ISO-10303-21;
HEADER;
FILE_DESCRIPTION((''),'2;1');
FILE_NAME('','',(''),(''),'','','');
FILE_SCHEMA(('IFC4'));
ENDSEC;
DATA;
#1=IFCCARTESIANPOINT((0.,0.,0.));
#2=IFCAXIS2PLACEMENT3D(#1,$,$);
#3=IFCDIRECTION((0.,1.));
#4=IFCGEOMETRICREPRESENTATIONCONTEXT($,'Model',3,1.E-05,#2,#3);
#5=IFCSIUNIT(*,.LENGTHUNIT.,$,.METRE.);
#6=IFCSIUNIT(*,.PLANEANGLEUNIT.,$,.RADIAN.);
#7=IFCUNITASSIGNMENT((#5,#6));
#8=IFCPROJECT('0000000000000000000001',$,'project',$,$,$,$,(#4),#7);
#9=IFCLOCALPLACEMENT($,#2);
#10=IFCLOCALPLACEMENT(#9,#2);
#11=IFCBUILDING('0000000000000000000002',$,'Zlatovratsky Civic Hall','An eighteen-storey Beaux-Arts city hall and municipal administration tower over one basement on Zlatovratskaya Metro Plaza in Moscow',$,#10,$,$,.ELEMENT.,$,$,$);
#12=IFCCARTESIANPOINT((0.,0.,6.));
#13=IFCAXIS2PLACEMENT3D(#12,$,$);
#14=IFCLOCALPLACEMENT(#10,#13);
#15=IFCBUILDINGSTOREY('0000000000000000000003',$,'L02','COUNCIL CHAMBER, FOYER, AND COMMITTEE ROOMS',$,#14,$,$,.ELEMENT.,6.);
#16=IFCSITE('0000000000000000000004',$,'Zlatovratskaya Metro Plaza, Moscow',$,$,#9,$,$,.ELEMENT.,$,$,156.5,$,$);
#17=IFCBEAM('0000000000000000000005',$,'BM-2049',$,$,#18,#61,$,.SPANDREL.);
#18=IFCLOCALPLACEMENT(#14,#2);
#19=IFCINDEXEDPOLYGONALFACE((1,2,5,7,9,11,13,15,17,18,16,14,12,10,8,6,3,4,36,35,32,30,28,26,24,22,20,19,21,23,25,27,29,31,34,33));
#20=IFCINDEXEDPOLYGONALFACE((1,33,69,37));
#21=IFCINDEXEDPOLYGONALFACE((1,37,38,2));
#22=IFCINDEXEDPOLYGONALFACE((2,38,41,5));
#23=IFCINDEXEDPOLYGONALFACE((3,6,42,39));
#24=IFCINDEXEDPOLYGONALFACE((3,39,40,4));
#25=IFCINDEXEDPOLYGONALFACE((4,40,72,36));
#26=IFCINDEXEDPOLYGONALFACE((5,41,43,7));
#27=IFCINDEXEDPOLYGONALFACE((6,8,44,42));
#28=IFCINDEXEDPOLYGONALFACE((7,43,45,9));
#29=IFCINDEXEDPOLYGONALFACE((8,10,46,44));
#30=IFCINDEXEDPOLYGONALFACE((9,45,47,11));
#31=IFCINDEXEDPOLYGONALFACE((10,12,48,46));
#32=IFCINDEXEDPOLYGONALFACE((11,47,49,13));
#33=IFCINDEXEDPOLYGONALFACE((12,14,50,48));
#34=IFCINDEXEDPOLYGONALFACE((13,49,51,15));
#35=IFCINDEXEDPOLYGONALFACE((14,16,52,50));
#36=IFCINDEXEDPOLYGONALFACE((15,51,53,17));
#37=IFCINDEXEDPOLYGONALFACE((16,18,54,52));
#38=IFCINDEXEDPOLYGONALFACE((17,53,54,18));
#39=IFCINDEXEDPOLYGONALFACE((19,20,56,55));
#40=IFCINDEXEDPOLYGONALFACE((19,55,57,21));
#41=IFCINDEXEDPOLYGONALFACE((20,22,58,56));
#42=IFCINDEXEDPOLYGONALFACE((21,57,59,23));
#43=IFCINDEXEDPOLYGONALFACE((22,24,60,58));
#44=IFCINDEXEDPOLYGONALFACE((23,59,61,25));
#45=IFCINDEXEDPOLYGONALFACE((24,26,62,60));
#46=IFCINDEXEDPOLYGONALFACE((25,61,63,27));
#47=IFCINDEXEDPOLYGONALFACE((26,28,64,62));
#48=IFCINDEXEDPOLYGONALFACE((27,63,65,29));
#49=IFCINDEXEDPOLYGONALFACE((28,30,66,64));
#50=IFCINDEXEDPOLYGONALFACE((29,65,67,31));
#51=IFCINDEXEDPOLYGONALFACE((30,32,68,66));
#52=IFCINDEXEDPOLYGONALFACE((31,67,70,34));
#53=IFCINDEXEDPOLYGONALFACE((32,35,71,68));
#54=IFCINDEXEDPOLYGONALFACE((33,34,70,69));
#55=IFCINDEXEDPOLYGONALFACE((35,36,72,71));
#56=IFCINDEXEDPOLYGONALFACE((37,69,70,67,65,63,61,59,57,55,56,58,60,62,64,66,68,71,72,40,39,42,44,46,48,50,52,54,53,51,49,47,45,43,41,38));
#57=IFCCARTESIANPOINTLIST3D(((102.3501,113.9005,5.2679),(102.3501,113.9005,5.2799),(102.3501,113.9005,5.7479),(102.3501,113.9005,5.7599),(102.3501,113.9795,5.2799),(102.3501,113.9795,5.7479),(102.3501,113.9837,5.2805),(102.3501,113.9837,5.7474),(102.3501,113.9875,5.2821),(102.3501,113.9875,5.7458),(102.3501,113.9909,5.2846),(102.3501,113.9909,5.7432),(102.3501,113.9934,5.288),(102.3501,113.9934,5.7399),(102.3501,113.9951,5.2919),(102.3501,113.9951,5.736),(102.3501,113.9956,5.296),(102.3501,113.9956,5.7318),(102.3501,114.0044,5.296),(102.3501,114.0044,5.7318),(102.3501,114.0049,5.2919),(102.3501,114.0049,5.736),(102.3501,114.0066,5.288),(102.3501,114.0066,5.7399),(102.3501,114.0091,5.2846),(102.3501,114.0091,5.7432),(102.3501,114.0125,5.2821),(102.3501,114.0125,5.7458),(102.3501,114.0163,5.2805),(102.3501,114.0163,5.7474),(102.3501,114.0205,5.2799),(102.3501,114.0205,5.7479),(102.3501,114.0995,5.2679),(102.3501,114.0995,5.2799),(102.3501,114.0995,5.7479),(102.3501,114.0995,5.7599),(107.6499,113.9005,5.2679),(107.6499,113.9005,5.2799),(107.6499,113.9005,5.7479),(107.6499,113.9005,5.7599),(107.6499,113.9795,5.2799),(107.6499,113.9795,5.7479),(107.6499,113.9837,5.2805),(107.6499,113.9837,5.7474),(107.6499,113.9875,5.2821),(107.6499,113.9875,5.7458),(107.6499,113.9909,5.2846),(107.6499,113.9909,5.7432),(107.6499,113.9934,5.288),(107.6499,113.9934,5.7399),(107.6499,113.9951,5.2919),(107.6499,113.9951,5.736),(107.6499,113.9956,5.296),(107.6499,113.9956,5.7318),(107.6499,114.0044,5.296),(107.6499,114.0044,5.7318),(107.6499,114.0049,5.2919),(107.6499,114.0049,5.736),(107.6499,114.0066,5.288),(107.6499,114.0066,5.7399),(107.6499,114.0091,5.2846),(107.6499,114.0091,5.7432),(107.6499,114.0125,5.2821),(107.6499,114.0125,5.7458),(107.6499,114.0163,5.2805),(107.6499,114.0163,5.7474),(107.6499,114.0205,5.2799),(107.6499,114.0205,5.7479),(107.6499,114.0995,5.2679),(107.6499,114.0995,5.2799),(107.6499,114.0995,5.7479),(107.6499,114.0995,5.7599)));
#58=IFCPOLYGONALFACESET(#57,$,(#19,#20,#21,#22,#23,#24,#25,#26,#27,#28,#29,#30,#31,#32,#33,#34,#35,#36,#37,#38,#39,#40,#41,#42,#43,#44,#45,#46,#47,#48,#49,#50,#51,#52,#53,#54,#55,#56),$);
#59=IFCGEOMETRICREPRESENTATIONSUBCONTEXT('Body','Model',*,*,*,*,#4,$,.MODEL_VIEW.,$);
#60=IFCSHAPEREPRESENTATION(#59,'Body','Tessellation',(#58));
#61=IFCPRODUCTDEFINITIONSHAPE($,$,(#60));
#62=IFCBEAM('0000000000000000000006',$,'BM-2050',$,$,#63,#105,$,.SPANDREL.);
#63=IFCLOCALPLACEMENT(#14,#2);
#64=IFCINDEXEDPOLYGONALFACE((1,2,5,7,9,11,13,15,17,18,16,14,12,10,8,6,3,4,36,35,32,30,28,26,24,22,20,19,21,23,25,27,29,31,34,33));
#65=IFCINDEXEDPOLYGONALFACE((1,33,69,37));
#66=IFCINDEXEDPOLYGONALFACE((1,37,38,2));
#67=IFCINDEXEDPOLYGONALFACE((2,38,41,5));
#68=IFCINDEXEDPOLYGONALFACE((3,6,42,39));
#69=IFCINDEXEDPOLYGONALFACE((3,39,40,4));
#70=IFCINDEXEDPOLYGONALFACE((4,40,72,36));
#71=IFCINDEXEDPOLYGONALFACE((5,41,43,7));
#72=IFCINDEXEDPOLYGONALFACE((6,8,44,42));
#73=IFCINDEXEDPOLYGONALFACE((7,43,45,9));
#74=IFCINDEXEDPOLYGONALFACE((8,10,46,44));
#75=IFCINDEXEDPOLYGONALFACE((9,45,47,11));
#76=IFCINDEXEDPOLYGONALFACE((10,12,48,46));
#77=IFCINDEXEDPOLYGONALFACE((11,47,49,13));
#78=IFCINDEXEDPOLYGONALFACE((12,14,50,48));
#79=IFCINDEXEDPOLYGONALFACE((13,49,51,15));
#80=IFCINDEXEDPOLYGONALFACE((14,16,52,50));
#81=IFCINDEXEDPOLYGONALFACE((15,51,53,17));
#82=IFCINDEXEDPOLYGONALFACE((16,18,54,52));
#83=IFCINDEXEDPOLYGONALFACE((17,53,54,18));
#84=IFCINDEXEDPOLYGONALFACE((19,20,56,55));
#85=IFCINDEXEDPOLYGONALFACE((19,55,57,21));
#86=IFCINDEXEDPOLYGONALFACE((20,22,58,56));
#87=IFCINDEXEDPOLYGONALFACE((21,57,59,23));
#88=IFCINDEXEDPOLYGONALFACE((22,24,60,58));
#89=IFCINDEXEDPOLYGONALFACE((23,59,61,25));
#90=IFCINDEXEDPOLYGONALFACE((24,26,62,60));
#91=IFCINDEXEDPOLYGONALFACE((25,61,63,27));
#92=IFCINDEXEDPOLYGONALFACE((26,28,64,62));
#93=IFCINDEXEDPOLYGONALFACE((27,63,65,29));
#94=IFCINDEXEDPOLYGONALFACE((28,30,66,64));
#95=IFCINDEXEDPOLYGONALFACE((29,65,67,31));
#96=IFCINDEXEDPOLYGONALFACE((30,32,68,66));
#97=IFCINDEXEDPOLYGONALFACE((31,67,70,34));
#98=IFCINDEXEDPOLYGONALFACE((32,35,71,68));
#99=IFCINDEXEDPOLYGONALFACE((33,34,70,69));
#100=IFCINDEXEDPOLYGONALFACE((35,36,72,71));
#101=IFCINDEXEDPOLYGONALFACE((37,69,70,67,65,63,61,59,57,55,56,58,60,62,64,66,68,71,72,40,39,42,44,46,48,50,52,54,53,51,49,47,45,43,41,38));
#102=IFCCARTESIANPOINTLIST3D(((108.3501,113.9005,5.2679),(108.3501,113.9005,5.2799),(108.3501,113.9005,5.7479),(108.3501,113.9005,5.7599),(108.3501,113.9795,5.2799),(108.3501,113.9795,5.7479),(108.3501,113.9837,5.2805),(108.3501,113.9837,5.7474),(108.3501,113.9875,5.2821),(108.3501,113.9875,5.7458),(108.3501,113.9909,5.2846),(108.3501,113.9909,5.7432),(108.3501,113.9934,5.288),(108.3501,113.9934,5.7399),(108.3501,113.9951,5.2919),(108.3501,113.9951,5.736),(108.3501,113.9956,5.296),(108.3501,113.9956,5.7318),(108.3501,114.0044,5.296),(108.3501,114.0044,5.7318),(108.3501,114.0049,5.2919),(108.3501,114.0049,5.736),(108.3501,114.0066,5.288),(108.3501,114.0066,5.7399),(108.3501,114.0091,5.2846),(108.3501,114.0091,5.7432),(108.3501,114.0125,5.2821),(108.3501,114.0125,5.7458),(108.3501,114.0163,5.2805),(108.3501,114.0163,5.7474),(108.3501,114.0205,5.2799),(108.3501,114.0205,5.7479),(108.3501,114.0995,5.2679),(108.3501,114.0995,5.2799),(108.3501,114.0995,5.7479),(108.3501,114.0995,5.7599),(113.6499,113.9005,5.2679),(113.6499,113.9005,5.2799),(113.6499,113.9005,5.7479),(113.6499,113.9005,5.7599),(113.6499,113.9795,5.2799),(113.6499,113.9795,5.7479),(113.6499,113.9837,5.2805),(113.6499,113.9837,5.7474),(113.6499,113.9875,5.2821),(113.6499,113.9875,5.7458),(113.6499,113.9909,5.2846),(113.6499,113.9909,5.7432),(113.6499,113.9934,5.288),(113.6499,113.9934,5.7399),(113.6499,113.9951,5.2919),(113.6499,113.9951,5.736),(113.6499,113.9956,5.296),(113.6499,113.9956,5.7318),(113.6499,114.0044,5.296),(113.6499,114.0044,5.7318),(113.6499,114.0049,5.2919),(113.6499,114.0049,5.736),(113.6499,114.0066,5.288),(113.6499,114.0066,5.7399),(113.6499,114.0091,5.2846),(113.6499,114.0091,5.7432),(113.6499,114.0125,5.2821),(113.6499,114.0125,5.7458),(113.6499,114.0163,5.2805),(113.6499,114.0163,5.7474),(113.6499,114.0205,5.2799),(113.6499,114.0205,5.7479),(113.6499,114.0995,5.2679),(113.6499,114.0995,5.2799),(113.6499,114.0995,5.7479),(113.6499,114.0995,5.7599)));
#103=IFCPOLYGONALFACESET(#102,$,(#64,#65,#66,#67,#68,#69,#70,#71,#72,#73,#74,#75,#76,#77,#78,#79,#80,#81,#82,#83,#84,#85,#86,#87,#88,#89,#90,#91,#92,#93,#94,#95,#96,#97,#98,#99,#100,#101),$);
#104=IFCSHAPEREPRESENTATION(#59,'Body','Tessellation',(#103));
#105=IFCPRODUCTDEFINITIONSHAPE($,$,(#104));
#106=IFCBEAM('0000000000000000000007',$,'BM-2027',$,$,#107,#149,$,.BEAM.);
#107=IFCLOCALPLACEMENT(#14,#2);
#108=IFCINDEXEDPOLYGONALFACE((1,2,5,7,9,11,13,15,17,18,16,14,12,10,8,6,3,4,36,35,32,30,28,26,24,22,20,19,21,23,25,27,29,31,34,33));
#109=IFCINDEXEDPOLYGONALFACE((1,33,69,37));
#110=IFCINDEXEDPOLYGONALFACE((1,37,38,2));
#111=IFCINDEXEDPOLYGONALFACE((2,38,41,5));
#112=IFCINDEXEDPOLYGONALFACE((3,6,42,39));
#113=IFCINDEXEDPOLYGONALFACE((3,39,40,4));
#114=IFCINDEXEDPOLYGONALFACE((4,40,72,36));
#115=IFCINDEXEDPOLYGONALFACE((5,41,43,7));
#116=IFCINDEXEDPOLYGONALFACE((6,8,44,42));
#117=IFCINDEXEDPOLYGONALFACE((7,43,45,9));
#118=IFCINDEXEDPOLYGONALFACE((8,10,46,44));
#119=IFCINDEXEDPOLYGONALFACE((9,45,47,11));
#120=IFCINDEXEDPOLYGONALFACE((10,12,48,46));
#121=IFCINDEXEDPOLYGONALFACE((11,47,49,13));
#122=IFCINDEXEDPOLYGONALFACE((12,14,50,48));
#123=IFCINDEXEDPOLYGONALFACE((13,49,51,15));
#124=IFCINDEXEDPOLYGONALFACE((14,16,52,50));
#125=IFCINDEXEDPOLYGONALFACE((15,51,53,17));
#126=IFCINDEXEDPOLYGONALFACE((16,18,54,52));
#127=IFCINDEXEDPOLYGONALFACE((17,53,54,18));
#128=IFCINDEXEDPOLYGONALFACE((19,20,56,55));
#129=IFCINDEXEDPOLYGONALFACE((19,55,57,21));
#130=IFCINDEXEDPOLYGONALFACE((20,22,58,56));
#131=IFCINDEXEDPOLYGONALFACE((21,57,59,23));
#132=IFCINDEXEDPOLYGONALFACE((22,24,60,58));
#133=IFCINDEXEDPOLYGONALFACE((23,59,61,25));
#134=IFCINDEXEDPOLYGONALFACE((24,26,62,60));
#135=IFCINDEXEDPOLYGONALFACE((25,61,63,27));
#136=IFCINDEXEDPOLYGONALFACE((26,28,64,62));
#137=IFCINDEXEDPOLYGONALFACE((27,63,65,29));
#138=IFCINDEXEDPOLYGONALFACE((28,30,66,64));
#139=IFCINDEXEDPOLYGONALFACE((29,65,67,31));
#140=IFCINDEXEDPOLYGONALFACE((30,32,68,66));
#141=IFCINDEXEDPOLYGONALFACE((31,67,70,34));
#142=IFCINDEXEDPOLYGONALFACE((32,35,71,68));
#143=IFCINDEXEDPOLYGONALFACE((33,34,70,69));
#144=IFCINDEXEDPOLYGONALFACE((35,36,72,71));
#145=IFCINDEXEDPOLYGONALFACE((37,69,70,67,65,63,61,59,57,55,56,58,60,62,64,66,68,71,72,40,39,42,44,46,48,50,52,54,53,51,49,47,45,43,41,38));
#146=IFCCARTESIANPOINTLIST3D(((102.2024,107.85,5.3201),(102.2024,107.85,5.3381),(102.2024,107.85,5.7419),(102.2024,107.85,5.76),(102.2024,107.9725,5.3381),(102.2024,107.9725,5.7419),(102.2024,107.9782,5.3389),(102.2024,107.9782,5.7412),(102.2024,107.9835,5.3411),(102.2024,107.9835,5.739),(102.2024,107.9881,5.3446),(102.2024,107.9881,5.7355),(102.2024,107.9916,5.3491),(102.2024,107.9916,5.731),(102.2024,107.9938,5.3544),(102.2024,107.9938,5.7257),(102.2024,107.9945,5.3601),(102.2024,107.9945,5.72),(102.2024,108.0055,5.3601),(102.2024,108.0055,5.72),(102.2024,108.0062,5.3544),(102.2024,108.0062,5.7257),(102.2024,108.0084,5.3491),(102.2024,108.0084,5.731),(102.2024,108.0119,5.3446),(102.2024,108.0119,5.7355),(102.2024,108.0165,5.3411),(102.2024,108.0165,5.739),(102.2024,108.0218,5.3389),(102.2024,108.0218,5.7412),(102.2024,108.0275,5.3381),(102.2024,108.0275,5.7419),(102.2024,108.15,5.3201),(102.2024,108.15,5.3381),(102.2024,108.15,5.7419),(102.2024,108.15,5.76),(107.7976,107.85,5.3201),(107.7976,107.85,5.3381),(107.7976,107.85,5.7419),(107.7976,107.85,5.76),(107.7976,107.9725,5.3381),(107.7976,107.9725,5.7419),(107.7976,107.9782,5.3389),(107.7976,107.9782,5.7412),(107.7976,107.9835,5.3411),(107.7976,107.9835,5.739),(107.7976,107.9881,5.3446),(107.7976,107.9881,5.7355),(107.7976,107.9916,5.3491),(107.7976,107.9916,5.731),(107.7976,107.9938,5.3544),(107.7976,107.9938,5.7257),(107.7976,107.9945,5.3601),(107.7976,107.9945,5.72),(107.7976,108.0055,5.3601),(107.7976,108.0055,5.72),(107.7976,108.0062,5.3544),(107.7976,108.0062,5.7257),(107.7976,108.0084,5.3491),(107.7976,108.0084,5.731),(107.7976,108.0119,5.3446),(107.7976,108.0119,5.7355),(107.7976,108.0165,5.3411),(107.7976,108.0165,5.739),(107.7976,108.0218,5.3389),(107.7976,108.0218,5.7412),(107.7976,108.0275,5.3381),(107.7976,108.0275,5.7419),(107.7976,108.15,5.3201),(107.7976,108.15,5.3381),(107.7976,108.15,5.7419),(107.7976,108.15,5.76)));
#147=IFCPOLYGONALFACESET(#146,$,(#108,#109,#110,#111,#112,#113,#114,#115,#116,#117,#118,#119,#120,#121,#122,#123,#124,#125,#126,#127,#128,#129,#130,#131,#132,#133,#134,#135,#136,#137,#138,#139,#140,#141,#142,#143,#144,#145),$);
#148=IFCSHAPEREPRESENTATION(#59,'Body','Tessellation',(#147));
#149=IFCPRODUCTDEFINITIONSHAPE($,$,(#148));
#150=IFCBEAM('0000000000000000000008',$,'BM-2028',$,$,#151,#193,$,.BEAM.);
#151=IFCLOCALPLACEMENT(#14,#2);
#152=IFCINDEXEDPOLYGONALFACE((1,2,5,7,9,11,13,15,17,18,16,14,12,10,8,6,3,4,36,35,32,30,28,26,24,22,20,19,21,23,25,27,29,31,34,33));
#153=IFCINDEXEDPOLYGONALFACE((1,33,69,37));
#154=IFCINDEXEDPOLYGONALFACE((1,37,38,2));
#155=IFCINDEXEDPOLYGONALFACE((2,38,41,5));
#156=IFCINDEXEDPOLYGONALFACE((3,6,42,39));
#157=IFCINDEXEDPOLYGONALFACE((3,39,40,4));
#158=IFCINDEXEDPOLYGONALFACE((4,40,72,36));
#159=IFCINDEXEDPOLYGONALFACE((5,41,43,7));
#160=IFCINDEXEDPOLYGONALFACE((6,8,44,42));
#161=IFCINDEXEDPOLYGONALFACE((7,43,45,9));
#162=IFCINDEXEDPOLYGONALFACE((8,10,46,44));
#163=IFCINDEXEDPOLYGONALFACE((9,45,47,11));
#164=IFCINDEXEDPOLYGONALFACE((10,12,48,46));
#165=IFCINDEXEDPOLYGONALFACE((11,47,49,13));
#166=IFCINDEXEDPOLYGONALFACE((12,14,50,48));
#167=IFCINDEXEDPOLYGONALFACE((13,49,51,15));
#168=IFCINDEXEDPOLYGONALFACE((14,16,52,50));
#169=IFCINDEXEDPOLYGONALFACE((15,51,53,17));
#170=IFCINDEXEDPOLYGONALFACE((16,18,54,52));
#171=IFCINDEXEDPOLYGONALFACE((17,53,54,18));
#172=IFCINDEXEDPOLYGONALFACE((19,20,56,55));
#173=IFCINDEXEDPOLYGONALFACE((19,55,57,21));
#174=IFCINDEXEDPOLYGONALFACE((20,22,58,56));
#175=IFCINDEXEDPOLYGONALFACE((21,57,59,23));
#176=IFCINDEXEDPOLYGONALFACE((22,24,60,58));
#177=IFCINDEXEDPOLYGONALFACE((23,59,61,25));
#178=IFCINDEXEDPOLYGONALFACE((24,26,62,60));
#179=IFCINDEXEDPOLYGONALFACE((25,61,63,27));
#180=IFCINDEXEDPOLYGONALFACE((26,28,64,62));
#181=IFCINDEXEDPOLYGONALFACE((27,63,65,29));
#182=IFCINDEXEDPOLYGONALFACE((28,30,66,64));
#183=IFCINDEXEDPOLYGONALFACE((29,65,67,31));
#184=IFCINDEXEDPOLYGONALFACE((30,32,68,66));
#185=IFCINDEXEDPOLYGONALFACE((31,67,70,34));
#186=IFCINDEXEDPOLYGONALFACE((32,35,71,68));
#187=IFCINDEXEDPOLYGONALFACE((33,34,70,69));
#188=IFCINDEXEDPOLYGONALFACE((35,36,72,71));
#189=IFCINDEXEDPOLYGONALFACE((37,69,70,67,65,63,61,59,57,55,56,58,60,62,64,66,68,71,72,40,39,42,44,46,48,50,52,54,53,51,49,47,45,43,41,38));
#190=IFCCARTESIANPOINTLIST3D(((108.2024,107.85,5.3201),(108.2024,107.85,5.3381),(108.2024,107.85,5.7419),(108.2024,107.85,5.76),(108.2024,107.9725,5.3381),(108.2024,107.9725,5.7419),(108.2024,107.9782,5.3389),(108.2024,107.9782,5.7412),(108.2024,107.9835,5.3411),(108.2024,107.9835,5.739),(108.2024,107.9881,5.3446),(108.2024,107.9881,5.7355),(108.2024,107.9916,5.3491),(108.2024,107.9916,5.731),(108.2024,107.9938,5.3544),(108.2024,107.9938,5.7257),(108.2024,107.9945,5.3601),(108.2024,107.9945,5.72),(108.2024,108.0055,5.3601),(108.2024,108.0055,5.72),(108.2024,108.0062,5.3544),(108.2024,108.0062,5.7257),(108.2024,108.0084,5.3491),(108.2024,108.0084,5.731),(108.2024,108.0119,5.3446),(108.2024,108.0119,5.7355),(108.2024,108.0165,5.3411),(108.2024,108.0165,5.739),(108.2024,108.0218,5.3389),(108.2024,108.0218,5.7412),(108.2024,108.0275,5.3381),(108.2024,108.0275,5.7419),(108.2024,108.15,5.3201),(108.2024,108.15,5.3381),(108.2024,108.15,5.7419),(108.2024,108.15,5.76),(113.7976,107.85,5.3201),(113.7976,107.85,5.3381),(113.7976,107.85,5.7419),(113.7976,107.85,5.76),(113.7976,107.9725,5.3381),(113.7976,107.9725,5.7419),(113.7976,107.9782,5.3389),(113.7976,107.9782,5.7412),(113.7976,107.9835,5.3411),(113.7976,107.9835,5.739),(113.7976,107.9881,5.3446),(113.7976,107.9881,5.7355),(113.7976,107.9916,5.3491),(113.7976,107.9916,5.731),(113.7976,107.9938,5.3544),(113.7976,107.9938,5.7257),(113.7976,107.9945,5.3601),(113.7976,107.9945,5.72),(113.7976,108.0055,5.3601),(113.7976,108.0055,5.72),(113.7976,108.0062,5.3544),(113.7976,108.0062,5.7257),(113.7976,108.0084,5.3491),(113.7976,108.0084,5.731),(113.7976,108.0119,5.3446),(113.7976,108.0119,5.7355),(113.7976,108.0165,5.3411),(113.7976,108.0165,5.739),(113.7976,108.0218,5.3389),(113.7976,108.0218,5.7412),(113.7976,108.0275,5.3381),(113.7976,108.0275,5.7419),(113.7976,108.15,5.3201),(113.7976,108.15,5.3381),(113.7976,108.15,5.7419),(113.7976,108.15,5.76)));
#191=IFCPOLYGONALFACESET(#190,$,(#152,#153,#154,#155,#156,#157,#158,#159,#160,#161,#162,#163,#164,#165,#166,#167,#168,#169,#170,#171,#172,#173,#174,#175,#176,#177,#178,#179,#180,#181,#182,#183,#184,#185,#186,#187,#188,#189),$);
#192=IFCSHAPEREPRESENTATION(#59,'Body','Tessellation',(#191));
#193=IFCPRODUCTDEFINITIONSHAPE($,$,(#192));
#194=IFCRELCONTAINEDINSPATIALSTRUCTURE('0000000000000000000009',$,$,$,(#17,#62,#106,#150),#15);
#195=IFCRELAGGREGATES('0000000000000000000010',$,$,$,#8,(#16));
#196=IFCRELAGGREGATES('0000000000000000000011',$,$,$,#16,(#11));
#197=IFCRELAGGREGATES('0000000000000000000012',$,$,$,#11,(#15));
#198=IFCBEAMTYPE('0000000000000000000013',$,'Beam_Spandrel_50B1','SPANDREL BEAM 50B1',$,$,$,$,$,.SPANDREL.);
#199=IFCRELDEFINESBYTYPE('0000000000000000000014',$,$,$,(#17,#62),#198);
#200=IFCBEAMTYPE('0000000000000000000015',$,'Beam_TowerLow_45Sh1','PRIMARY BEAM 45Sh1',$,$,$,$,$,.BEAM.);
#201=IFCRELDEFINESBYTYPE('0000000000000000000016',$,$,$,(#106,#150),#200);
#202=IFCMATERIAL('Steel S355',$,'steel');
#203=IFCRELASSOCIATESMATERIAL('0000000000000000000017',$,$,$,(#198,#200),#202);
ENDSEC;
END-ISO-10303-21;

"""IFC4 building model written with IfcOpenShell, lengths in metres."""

from ifc_helpers import new_model, si_unit, direction, frame, origin, origin_2d, place, context, subcontext, project, spatial, i_section, extrude, material, material_profile, profile_set, type_object, element, save


model = new_model("IFC4")

# Units and contexts
model_context = context("Model", 3, precision=1e-05, world=origin(), true_north=direction((0.0, 1.0)))
body_context = subcontext(model_context, "Body", "Model", "MODEL_VIEW")
ifc_project = project(units=[si_unit("LENGTHUNIT", "METRE"), si_unit("PLANEANGLEUNIT", "RADIAN")], contexts=[model_context])

# Site, building, storey
site_placement = place(None, origin())
site = spatial("IfcSite", under=ifc_project, at=site_placement, Name="Zlatovratskaya Metro Plaza, Moscow", CompositionType="ELEMENT", RefElevation=156.5)
building_placement = place(site_placement, origin())
building = spatial("IfcBuilding", under=site, at=building_placement, Name="Zlatovratsky Civic Hall", Description="An eighteen-storey Beaux-Arts city hall and municipal administration tower over one basement on Zlatovratskaya Metro Plaza in Moscow", CompositionType="ELEMENT")
storey_placement = place(building_placement, frame((0.0, 0.0, 6.0)))
storey = spatial("IfcBuildingStorey", under=building, at=storey_placement, Name="L02", Description="COUNCIL CHAMBER, FOYER, AND COMMITTEE ROOMS", CompositionType="ELEMENT", Elevation=6.0)

# Shared definitions
ifc_material_1 = material(Name="Steel S355", Category="steel")

# Beams
ifc_material_profile_1 = material_profile(ifc_material_1, i_section(OverallWidth=0.199, OverallDepth=0.4919, WebThickness=0.0088, FlangeThickness=0.012, FilletRadius=0.0161, at=origin_2d()), Name="50B1")
ifc_profile_set_1 = profile_set([ifc_material_profile_1], Name="Steel S355")
beam_type_1 = type_object("IfcBeamType", Name="Beam_Spandrel_50B1", Description="SPANDREL BEAM 50B1", PredefinedType="SPANDREL", material=ifc_profile_set_1)
for number, where, z_axis, x_axis, name in (
    (1, (102.3501, 114.0, 5.5139), (1.0, 0.0, 0.0), (0.0, 1.0, 0.0), "BM-2049"),
    (2, (108.3501, 114.0, 5.5139), (1.0, 0.0, 0.0), (0.0, 1.0, 0.0), "BM-2050"),
):
    element("IfcBeam", number, at=place(storey_placement, frame(where, z_axis=z_axis, x_axis=x_axis)), inside=storey, type_object=beam_type_1, Name=name, PredefinedType="SPANDREL", context=body_context, shape_type="SweptSolid", body=[
        extrude(i_section(OverallWidth=0.199, OverallDepth=0.4919, WebThickness=0.0088, FlangeThickness=0.012, FilletRadius=0.0161, at=origin_2d()), origin(), (0.0, 0.0, 1.0), 5.2998),
    ])
ifc_material_profile_2 = material_profile(ifc_material_1, i_section(OverallWidth=0.3, OverallDepth=0.4399, WebThickness=0.011, FlangeThickness=0.0181, FilletRadius=0.022, at=origin_2d()), Name="45Sh1")
ifc_profile_set_2 = profile_set([ifc_material_profile_2], Name="Steel S355")
beam_type_2 = type_object("IfcBeamType", Name="Beam_TowerLow_45Sh1", Description="PRIMARY BEAM 45Sh1", PredefinedType="BEAM", material=ifc_profile_set_2)
for number, where, z_axis, x_axis, name in (
    (3, (102.2024, 108.0, 5.54), (1.0, 0.0, 0.0), (0.0, 1.0, 0.0), "BM-2027"),
    (4, (108.2024, 108.0, 5.54), (1.0, 0.0, 0.0), (0.0, 1.0, 0.0), "BM-2028"),
):
    element("IfcBeam", number, at=place(storey_placement, frame(where, z_axis=z_axis, x_axis=x_axis)), inside=storey, type_object=beam_type_2, Name=name, PredefinedType="BEAM", context=body_context, shape_type="SweptSolid", body=[
        extrude(i_section(OverallWidth=0.3, OverallDepth=0.4399, WebThickness=0.011, FlangeThickness=0.0181, FilletRadius=0.022, at=origin_2d()), origin(), (0.0, 0.0, 1.0), 5.5952),
    ])

save(model, "model.ifc")
